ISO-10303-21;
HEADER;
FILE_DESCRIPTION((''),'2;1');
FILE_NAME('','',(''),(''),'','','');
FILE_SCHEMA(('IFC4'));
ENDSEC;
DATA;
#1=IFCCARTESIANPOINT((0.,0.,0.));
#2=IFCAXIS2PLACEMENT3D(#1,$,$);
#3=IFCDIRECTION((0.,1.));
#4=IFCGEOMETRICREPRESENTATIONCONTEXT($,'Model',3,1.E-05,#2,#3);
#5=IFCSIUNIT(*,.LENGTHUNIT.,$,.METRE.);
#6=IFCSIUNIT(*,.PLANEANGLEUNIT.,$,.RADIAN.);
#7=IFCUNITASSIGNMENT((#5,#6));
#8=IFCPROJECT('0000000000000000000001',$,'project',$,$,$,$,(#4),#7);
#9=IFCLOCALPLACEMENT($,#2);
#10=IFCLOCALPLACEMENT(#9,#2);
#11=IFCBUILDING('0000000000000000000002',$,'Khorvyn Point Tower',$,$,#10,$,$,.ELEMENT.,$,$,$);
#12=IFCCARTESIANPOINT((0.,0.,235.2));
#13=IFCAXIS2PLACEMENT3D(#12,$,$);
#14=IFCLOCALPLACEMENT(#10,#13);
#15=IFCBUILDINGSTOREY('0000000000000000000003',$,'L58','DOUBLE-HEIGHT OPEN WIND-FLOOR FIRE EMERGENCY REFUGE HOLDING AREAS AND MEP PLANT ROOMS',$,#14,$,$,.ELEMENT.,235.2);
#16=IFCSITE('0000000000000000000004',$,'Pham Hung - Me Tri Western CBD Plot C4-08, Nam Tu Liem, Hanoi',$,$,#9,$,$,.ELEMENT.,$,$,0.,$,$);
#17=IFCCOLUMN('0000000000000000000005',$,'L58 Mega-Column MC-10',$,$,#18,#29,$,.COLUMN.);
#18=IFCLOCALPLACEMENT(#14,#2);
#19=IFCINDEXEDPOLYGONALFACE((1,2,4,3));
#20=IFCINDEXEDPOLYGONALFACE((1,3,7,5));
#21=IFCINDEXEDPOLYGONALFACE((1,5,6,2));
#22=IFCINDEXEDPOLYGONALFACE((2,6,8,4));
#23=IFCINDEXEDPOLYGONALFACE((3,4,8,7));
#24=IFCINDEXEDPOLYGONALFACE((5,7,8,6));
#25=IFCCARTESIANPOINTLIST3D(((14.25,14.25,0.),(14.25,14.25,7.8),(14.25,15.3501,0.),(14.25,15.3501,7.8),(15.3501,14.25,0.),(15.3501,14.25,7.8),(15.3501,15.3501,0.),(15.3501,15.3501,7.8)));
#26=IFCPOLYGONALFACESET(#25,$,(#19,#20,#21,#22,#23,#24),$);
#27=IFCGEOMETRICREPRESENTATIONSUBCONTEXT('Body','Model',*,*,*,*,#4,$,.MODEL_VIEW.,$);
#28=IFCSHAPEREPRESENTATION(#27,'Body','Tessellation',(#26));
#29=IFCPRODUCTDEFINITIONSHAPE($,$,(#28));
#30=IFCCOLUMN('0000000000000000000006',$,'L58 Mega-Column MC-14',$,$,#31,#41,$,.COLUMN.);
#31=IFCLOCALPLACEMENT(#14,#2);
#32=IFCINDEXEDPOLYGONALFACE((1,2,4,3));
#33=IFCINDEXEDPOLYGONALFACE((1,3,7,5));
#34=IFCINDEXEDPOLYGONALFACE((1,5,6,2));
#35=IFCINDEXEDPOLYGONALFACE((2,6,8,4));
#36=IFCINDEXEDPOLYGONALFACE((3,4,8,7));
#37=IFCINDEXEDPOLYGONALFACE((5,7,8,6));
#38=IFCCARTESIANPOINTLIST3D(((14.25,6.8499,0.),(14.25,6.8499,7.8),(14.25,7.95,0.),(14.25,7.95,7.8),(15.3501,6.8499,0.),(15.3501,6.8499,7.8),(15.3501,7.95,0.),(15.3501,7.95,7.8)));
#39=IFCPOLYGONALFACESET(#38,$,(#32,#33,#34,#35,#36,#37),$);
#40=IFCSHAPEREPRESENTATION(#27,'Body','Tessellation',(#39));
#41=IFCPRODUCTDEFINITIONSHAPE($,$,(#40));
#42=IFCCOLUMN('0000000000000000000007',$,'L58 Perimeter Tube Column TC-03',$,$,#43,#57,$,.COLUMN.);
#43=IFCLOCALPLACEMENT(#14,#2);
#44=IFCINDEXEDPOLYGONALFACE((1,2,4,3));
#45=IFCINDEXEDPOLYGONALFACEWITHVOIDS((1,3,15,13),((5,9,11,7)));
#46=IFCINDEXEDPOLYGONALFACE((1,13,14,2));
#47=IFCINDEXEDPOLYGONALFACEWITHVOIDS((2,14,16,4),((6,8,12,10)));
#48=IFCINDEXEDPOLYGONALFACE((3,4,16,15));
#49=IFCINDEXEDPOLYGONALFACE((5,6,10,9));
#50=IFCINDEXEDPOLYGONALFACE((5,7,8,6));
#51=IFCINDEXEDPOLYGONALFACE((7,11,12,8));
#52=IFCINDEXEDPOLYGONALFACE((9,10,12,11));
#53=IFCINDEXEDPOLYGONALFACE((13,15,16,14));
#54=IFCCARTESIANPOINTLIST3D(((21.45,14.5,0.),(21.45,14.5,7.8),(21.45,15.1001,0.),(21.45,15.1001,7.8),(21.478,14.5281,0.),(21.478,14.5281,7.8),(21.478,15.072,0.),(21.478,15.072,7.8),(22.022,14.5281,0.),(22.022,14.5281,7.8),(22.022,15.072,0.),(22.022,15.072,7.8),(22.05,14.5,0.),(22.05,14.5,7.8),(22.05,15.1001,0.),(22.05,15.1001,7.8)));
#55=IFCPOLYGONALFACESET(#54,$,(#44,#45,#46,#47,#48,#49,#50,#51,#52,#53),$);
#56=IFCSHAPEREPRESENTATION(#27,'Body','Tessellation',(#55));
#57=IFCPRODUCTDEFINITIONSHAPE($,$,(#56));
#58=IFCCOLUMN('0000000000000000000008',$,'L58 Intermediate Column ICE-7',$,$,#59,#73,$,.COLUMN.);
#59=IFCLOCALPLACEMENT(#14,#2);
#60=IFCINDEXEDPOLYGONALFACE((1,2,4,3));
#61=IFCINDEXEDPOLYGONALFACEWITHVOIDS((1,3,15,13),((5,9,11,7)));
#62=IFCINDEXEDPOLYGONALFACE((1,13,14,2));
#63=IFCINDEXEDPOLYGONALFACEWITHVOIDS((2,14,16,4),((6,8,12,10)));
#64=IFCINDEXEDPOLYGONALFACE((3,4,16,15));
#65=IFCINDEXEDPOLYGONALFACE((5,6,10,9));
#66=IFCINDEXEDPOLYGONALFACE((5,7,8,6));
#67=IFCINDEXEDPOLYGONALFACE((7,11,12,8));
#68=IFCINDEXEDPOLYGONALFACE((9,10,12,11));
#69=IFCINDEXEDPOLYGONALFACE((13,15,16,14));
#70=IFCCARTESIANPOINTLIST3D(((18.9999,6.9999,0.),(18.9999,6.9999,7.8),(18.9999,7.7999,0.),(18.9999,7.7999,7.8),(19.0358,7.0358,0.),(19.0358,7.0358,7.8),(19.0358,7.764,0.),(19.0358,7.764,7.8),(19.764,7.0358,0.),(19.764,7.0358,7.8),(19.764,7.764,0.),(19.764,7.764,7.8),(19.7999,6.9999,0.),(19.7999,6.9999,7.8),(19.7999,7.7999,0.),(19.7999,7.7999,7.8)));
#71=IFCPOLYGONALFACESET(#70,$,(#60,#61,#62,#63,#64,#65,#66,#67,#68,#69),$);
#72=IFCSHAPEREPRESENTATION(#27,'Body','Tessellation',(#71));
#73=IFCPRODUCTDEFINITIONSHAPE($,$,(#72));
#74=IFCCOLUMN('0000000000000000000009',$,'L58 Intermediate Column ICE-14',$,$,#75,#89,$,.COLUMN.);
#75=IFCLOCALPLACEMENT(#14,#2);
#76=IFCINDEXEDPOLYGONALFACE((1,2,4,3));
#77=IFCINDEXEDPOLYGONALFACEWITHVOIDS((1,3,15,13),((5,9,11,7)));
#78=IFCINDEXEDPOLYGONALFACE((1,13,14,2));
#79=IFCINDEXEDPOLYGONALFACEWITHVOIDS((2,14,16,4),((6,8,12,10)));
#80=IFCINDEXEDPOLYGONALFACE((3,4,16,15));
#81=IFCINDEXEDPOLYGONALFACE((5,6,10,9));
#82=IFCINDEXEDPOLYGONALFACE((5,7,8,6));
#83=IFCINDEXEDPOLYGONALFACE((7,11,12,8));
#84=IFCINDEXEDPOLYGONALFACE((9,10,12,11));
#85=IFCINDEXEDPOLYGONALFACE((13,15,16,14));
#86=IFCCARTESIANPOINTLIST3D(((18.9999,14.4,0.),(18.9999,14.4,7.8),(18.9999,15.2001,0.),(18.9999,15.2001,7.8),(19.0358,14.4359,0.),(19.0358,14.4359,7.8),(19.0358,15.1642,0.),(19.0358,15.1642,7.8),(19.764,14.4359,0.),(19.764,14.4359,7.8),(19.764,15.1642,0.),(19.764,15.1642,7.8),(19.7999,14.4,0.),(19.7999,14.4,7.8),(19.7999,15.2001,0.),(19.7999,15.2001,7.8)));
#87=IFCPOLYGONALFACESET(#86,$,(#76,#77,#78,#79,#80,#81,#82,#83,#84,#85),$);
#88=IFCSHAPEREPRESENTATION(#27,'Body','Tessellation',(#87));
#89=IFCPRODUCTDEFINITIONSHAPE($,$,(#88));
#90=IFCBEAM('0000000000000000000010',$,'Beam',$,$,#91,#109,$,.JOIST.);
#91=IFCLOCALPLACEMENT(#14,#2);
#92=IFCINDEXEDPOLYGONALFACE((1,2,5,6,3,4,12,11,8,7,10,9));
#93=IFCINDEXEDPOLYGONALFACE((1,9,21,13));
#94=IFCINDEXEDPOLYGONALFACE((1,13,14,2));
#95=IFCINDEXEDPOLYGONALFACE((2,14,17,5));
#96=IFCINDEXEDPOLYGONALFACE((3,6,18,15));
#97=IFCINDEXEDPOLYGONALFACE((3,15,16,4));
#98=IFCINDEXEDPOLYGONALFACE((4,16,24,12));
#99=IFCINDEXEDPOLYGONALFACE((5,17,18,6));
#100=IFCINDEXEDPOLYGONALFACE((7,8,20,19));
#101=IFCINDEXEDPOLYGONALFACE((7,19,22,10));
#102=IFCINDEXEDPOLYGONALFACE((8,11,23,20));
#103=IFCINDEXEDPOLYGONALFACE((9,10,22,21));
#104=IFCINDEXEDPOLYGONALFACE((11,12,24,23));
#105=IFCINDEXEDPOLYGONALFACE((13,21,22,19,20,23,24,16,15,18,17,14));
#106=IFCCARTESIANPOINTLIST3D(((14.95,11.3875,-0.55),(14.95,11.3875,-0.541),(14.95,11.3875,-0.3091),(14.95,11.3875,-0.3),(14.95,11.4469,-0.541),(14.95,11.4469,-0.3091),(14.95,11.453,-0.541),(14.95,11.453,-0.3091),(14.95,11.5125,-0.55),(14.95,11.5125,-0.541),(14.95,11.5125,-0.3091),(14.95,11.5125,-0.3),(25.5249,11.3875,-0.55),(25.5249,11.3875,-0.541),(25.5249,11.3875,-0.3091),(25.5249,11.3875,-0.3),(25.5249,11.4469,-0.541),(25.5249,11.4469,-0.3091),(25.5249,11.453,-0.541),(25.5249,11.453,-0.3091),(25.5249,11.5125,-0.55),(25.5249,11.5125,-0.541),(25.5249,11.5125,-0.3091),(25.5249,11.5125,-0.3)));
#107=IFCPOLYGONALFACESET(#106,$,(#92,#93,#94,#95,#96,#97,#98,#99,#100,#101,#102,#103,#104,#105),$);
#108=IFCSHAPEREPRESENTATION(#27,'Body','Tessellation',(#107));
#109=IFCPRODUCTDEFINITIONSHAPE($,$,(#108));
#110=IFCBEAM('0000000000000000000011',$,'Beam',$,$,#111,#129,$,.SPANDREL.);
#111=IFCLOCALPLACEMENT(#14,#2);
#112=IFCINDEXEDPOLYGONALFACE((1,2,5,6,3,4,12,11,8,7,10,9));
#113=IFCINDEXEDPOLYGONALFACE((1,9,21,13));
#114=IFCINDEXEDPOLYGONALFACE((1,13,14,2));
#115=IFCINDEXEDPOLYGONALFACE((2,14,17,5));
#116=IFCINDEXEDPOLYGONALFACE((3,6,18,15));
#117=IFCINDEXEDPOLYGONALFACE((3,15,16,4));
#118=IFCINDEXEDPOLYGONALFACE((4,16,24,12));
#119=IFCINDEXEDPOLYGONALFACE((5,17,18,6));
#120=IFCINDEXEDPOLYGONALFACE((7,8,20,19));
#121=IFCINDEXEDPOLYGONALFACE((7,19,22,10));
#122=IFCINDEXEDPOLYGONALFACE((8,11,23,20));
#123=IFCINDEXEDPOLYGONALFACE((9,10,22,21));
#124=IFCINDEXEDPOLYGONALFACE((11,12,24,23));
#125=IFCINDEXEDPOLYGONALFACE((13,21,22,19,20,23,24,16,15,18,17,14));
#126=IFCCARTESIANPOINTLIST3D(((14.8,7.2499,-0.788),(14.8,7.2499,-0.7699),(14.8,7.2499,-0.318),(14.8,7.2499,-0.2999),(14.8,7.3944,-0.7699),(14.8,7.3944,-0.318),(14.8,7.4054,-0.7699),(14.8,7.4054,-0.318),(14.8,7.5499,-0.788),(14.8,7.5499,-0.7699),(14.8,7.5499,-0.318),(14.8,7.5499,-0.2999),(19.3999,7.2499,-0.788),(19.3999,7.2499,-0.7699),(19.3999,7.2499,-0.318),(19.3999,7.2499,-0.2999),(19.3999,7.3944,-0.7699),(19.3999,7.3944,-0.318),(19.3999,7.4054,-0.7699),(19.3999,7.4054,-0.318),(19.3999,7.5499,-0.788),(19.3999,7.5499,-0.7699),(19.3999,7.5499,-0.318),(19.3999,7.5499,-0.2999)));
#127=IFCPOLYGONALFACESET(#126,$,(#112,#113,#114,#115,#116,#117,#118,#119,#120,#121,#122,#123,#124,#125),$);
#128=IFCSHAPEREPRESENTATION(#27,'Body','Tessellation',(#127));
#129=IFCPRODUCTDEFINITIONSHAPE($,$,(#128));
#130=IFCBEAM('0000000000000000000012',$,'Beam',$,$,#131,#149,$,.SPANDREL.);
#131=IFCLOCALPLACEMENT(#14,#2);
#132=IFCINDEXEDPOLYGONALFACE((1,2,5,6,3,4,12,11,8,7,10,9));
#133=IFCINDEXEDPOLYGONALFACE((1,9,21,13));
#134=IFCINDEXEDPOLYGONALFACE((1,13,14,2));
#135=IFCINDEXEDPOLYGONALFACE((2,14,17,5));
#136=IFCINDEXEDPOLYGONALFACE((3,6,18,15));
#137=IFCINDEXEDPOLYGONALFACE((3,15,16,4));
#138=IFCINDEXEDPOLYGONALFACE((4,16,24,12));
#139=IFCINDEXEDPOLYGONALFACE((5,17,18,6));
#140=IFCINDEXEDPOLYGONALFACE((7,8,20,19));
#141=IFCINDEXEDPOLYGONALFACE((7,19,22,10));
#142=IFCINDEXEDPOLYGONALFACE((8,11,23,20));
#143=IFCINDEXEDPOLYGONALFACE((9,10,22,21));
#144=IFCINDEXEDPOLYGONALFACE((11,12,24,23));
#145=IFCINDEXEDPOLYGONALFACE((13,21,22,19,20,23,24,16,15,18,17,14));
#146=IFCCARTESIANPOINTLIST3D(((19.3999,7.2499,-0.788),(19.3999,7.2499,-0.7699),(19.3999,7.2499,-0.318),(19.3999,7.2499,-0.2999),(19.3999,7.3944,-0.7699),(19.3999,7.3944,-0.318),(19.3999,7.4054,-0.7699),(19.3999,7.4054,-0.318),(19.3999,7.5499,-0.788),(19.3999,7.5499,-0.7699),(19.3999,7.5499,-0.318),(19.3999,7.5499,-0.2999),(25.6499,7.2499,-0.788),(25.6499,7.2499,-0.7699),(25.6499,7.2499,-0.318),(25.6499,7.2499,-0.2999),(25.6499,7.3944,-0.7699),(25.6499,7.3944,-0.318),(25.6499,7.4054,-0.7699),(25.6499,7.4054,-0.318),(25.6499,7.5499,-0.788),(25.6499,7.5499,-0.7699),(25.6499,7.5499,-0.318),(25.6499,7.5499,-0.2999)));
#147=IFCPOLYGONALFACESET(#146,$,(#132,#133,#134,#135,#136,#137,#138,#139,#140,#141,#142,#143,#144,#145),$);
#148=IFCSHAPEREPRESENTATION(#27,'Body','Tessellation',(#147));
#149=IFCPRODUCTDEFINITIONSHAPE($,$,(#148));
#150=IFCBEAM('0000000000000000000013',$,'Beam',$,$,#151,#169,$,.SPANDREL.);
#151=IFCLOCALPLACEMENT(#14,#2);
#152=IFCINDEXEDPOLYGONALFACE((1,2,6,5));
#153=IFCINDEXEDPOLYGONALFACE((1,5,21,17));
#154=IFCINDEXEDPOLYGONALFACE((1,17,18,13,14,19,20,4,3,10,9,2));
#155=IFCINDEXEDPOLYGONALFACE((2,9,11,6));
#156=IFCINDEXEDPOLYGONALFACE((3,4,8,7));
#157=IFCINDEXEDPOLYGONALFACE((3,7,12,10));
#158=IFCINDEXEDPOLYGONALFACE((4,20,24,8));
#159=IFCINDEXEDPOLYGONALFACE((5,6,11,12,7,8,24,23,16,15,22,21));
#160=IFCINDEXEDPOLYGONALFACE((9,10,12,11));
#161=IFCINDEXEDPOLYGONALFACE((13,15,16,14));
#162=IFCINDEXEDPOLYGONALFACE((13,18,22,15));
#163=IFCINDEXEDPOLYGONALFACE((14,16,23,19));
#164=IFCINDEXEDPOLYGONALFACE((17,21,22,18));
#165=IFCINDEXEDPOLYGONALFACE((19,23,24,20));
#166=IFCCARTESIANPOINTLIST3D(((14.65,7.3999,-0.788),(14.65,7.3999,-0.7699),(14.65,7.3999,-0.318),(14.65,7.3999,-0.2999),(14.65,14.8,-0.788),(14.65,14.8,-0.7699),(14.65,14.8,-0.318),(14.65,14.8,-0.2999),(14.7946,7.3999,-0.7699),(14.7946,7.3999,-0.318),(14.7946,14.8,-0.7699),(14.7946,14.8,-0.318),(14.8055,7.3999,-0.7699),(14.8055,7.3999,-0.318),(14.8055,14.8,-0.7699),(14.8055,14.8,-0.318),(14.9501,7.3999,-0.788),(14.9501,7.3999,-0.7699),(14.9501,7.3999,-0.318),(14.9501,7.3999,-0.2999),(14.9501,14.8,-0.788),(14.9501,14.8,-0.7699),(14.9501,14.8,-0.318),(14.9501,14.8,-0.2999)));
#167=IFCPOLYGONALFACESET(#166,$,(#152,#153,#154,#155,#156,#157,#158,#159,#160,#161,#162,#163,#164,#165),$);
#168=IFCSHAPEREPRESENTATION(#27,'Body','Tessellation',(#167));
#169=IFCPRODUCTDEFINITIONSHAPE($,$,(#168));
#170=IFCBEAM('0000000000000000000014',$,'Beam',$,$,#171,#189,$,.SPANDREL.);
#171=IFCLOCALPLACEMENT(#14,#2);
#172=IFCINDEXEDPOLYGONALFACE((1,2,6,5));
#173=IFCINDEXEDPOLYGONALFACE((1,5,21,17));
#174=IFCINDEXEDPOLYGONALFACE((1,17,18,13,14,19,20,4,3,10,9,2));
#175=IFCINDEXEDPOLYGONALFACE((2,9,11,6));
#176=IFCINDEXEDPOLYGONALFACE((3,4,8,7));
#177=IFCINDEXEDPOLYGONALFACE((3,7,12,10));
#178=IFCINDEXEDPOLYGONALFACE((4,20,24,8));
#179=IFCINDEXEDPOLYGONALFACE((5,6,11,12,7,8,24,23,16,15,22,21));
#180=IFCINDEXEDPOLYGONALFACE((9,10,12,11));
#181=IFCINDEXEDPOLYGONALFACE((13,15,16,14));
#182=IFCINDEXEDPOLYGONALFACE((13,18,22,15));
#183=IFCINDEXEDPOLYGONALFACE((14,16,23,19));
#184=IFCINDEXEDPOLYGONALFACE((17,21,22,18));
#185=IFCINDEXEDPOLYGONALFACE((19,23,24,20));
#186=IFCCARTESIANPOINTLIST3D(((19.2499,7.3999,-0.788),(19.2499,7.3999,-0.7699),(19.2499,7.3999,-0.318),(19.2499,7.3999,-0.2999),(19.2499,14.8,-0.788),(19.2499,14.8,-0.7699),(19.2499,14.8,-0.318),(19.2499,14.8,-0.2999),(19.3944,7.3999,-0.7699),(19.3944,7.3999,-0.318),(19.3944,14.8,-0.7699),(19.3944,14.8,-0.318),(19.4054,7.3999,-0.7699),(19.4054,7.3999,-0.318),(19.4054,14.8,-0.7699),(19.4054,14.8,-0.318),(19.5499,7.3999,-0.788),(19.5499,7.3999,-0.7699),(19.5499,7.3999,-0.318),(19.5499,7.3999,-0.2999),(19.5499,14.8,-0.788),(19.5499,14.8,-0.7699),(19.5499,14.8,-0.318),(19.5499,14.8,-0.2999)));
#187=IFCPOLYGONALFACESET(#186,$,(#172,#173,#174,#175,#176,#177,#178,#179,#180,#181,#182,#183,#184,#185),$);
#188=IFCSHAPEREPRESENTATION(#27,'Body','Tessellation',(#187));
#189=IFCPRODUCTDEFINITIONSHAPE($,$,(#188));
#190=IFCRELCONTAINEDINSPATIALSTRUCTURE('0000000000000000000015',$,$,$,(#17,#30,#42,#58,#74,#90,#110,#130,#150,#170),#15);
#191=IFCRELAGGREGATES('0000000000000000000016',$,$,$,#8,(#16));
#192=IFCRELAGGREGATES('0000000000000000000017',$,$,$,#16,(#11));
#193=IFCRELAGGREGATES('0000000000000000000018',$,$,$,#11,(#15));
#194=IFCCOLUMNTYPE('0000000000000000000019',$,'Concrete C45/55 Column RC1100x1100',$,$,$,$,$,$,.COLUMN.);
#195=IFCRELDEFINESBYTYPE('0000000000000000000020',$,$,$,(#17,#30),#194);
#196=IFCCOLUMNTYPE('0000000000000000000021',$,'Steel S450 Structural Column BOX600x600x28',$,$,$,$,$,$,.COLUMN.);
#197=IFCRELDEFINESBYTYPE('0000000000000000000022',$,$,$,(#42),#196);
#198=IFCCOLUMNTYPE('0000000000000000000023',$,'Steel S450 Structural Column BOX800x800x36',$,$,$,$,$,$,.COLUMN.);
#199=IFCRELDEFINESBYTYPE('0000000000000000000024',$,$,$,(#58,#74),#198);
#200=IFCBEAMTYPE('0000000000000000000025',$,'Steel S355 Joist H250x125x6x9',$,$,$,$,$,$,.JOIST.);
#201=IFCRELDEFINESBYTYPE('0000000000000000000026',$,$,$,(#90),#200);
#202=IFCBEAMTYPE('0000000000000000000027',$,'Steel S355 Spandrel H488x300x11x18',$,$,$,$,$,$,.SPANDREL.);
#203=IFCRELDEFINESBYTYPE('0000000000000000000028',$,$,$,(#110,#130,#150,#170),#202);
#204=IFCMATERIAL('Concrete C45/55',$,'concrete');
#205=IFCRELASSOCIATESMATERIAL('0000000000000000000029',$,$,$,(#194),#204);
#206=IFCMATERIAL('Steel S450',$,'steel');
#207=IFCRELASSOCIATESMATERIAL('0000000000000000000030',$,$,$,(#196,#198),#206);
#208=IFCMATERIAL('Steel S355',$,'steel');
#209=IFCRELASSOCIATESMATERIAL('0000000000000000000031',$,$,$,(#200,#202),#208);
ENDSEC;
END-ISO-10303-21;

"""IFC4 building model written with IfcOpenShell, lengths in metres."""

from ifc_helpers import new_model, si_unit, direction, frame, origin, origin_2d, place, context, subcontext, project, spatial, rectangle, hollow_rectangle, i_section, extrude, material, material_profile, profile_set, type_object, element, save


model = new_model("IFC4")

# Units and contexts
model_context = context("Model", 3, precision=1e-05, world=origin(), true_north=direction((0.0, 1.0)))
body_context = subcontext(model_context, "Body", "Model", "MODEL_VIEW")
ifc_project = project(units=[si_unit("LENGTHUNIT", "METRE"), si_unit("PLANEANGLEUNIT", "RADIAN")], contexts=[model_context])

# Site, building, storey
site_placement = place(None, origin())
site = spatial("IfcSite", under=ifc_project, at=site_placement, Name="Pham Hung - Me Tri Western CBD Plot C4-08, Nam Tu Liem, Hanoi", CompositionType="ELEMENT", RefElevation=0.0)
building_placement = place(site_placement, origin())
building = spatial("IfcBuilding", under=site, at=building_placement, Name="Khorvyn Point Tower", CompositionType="ELEMENT")
storey_placement = place(building_placement, frame((0.0, 0.0, 235.2)))
storey = spatial("IfcBuildingStorey", under=building, at=storey_placement, Name="L58", Description="DOUBLE-HEIGHT OPEN WIND-FLOOR FIRE EMERGENCY REFUGE HOLDING AREAS AND MEP PLANT ROOMS", CompositionType="ELEMENT", Elevation=235.2)

# Columns
ifc_material_1 = material(Name="Concrete C45/55", Category="concrete")
ifc_material_profile_1 = material_profile(ifc_material_1, rectangle(XDim=1.1001, YDim=1.1001, at=origin_2d()))
ifc_profile_set_1 = profile_set([ifc_material_profile_1], Name="Concrete C45/55 RC1100x1100")
column_type_1 = type_object("IfcColumnType", Name="Concrete C45/55 Column RC1100x1100", PredefinedType="COLUMN", material=ifc_profile_set_1)
for number, where, z_axis, x_axis, name in (
    (1, (14.8, 14.8, 0.0), (0.0, 0.0, 1.0), (1.0, 0.0, 0.0), "L58 Mega-Column MC-10"),
    (2, (14.8, 7.3999, 0.0), (0.0, 0.0, 1.0), (1.0, 0.0, 0.0), "L58 Mega-Column MC-14"),
):
    element("IfcColumn", number, at=place(storey_placement, frame(where, z_axis=z_axis, x_axis=x_axis)), inside=storey, type_object=column_type_1, Name=name, PredefinedType="COLUMN", context=body_context, shape_type="SweptSolid", body=[
        extrude(rectangle(XDim=1.1001, YDim=1.1001, at=origin_2d()), origin(), (0.0, 0.0, 1.0), 7.8),
    ])
ifc_material_2 = material(Name="Steel S450", Category="steel")
ifc_material_profile_2 = material_profile(ifc_material_2, hollow_rectangle(XDim=0.6001, YDim=0.6001, WallThickness=0.0281, at=origin_2d()))
ifc_profile_set_2 = profile_set([ifc_material_profile_2], Name="Steel S450 BOX600x600x28")
column_type_2 = type_object("IfcColumnType", Name="Steel S450 Structural Column BOX600x600x28", PredefinedType="COLUMN", material=ifc_profile_set_2)
column_placement = place(storey_placement, frame((21.75, 14.8, 0.0), z_axis=(0.0, 0.0, 1.0), x_axis=(1.0, 0.0, 0.0)))
element("IfcColumn", 3, at=column_placement, inside=storey, type_object=column_type_2, Name="L58 Perimeter Tube Column TC-03", PredefinedType="COLUMN", context=body_context, shape_type="SweptSolid", body=[
    extrude(hollow_rectangle(XDim=0.6001, YDim=0.6001, WallThickness=0.0281, at=origin_2d()), origin(), (0.0, 0.0, 1.0), 7.8),
])
ifc_material_profile_3 = material_profile(ifc_material_2, hollow_rectangle(XDim=0.8, YDim=0.8, WallThickness=0.0359, at=origin_2d()))
ifc_profile_set_3 = profile_set([ifc_material_profile_3], Name="Steel S450 BOX800x800x36")
column_type_3 = type_object("IfcColumnType", Name="Steel S450 Structural Column BOX800x800x36", PredefinedType="COLUMN", material=ifc_profile_set_3)
for number, where, z_axis, x_axis, name in (
    (4, (19.3999, 7.3999, 0.0), (0.0, 0.0, 1.0), (1.0, 0.0, 0.0), "L58 Intermediate Column ICE-7"),
    (5, (19.3999, 14.8, 0.0), (0.0, 0.0, 1.0), (1.0, 0.0, 0.0), "L58 Intermediate Column ICE-14"),
):
    element("IfcColumn", number, at=place(storey_placement, frame(where, z_axis=z_axis, x_axis=x_axis)), inside=storey, type_object=column_type_3, Name=name, PredefinedType="COLUMN", context=body_context, shape_type="SweptSolid", body=[
        extrude(hollow_rectangle(XDim=0.8, YDim=0.8, WallThickness=0.0359, at=origin_2d()), origin(), (0.0, 0.0, 1.0), 7.8),
    ])

# Beams
ifc_material_3 = material(Name="Steel S355", Category="steel")
ifc_material_profile_4 = material_profile(ifc_material_3, i_section(OverallWidth=0.125, OverallDepth=0.25, WebThickness=0.0061, FlangeThickness=0.009, at=origin_2d()))
ifc_profile_set_4 = profile_set([ifc_material_profile_4], Name="Steel S355 H250x125x6x9")
beam_type_1 = type_object("IfcBeamType", Name="Steel S355 Joist H250x125x6x9", PredefinedType="JOIST", material=ifc_profile_set_4)
beam_1_placement = place(storey_placement, frame((14.95, 11.45, -0.425), z_axis=(1.0, 0.0, 0.0), x_axis=(0.0, 1.0, 0.0)))
element("IfcBeam", 6, at=beam_1_placement, inside=storey, type_object=beam_type_1, Name="Beam", PredefinedType="JOIST", context=body_context, shape_type="SweptSolid", body=[
    extrude(i_section(OverallWidth=0.125, OverallDepth=0.25, WebThickness=0.0061, FlangeThickness=0.009, at=origin_2d()), origin(), (0.0, 0.0, 1.0), 10.575),
])
ifc_material_profile_5 = material_profile(ifc_material_3, i_section(OverallWidth=0.3, OverallDepth=0.488, WebThickness=0.011, FlangeThickness=0.0181, at=origin_2d()))
ifc_profile_set_5 = profile_set([ifc_material_profile_5], Name="Steel S355 H488x300x11x18")
beam_type_2 = type_object("IfcBeamType", Name="Steel S355 Spandrel H488x300x11x18", PredefinedType="SPANDREL", material=ifc_profile_set_5)
beam_2_placement = place(storey_placement, frame((14.8, 7.3999, -0.5439), z_axis=(1.0, 0.0, 0.0), x_axis=(0.0, 1.0, 0.0)))
element("IfcBeam", 7, at=beam_2_placement, inside=storey, type_object=beam_type_2, Name="Beam", PredefinedType="SPANDREL", context=body_context, shape_type="SweptSolid", body=[
    extrude(i_section(OverallWidth=0.3, OverallDepth=0.488, WebThickness=0.011, FlangeThickness=0.0181, at=origin_2d()), origin(), (0.0, 0.0, 1.0), 4.5999),
])
beam_3_placement = place(storey_placement, frame((19.3999, 7.3999, -0.5439), z_axis=(1.0, 0.0, 0.0), x_axis=(0.0, 1.0, 0.0)))
element("IfcBeam", 8, at=beam_3_placement, inside=storey, type_object=beam_type_2, Name="Beam", PredefinedType="SPANDREL", context=body_context, shape_type="SweptSolid", body=[
    extrude(i_section(OverallWidth=0.3, OverallDepth=0.488, WebThickness=0.011, FlangeThickness=0.0181, at=origin_2d()), origin(), (0.0, 0.0, 1.0), 6.25),
])
for number, where, z_axis, x_axis, name in (
    (9, (14.8, 7.3999, -0.5439), (0.0, 1.0, 0.0), (-1.0, 0.0, 0.0), "Beam"),
    (10, (19.3999, 7.3999, -0.5439), (0.0, 1.0, 0.0), (-1.0, 0.0, 0.0), "Beam"),
):
    element("IfcBeam", number, at=place(storey_placement, frame(where, z_axis=z_axis, x_axis=x_axis)), inside=storey, type_object=beam_type_2, Name=name, PredefinedType="SPANDREL", context=body_context, shape_type="SweptSolid", body=[
        extrude(i_section(OverallWidth=0.3, OverallDepth=0.488, WebThickness=0.011, FlangeThickness=0.0181, at=origin_2d()), origin(), (0.0, 0.0, 1.0), 7.4001),
    ])

save(model, "model.ifc")
